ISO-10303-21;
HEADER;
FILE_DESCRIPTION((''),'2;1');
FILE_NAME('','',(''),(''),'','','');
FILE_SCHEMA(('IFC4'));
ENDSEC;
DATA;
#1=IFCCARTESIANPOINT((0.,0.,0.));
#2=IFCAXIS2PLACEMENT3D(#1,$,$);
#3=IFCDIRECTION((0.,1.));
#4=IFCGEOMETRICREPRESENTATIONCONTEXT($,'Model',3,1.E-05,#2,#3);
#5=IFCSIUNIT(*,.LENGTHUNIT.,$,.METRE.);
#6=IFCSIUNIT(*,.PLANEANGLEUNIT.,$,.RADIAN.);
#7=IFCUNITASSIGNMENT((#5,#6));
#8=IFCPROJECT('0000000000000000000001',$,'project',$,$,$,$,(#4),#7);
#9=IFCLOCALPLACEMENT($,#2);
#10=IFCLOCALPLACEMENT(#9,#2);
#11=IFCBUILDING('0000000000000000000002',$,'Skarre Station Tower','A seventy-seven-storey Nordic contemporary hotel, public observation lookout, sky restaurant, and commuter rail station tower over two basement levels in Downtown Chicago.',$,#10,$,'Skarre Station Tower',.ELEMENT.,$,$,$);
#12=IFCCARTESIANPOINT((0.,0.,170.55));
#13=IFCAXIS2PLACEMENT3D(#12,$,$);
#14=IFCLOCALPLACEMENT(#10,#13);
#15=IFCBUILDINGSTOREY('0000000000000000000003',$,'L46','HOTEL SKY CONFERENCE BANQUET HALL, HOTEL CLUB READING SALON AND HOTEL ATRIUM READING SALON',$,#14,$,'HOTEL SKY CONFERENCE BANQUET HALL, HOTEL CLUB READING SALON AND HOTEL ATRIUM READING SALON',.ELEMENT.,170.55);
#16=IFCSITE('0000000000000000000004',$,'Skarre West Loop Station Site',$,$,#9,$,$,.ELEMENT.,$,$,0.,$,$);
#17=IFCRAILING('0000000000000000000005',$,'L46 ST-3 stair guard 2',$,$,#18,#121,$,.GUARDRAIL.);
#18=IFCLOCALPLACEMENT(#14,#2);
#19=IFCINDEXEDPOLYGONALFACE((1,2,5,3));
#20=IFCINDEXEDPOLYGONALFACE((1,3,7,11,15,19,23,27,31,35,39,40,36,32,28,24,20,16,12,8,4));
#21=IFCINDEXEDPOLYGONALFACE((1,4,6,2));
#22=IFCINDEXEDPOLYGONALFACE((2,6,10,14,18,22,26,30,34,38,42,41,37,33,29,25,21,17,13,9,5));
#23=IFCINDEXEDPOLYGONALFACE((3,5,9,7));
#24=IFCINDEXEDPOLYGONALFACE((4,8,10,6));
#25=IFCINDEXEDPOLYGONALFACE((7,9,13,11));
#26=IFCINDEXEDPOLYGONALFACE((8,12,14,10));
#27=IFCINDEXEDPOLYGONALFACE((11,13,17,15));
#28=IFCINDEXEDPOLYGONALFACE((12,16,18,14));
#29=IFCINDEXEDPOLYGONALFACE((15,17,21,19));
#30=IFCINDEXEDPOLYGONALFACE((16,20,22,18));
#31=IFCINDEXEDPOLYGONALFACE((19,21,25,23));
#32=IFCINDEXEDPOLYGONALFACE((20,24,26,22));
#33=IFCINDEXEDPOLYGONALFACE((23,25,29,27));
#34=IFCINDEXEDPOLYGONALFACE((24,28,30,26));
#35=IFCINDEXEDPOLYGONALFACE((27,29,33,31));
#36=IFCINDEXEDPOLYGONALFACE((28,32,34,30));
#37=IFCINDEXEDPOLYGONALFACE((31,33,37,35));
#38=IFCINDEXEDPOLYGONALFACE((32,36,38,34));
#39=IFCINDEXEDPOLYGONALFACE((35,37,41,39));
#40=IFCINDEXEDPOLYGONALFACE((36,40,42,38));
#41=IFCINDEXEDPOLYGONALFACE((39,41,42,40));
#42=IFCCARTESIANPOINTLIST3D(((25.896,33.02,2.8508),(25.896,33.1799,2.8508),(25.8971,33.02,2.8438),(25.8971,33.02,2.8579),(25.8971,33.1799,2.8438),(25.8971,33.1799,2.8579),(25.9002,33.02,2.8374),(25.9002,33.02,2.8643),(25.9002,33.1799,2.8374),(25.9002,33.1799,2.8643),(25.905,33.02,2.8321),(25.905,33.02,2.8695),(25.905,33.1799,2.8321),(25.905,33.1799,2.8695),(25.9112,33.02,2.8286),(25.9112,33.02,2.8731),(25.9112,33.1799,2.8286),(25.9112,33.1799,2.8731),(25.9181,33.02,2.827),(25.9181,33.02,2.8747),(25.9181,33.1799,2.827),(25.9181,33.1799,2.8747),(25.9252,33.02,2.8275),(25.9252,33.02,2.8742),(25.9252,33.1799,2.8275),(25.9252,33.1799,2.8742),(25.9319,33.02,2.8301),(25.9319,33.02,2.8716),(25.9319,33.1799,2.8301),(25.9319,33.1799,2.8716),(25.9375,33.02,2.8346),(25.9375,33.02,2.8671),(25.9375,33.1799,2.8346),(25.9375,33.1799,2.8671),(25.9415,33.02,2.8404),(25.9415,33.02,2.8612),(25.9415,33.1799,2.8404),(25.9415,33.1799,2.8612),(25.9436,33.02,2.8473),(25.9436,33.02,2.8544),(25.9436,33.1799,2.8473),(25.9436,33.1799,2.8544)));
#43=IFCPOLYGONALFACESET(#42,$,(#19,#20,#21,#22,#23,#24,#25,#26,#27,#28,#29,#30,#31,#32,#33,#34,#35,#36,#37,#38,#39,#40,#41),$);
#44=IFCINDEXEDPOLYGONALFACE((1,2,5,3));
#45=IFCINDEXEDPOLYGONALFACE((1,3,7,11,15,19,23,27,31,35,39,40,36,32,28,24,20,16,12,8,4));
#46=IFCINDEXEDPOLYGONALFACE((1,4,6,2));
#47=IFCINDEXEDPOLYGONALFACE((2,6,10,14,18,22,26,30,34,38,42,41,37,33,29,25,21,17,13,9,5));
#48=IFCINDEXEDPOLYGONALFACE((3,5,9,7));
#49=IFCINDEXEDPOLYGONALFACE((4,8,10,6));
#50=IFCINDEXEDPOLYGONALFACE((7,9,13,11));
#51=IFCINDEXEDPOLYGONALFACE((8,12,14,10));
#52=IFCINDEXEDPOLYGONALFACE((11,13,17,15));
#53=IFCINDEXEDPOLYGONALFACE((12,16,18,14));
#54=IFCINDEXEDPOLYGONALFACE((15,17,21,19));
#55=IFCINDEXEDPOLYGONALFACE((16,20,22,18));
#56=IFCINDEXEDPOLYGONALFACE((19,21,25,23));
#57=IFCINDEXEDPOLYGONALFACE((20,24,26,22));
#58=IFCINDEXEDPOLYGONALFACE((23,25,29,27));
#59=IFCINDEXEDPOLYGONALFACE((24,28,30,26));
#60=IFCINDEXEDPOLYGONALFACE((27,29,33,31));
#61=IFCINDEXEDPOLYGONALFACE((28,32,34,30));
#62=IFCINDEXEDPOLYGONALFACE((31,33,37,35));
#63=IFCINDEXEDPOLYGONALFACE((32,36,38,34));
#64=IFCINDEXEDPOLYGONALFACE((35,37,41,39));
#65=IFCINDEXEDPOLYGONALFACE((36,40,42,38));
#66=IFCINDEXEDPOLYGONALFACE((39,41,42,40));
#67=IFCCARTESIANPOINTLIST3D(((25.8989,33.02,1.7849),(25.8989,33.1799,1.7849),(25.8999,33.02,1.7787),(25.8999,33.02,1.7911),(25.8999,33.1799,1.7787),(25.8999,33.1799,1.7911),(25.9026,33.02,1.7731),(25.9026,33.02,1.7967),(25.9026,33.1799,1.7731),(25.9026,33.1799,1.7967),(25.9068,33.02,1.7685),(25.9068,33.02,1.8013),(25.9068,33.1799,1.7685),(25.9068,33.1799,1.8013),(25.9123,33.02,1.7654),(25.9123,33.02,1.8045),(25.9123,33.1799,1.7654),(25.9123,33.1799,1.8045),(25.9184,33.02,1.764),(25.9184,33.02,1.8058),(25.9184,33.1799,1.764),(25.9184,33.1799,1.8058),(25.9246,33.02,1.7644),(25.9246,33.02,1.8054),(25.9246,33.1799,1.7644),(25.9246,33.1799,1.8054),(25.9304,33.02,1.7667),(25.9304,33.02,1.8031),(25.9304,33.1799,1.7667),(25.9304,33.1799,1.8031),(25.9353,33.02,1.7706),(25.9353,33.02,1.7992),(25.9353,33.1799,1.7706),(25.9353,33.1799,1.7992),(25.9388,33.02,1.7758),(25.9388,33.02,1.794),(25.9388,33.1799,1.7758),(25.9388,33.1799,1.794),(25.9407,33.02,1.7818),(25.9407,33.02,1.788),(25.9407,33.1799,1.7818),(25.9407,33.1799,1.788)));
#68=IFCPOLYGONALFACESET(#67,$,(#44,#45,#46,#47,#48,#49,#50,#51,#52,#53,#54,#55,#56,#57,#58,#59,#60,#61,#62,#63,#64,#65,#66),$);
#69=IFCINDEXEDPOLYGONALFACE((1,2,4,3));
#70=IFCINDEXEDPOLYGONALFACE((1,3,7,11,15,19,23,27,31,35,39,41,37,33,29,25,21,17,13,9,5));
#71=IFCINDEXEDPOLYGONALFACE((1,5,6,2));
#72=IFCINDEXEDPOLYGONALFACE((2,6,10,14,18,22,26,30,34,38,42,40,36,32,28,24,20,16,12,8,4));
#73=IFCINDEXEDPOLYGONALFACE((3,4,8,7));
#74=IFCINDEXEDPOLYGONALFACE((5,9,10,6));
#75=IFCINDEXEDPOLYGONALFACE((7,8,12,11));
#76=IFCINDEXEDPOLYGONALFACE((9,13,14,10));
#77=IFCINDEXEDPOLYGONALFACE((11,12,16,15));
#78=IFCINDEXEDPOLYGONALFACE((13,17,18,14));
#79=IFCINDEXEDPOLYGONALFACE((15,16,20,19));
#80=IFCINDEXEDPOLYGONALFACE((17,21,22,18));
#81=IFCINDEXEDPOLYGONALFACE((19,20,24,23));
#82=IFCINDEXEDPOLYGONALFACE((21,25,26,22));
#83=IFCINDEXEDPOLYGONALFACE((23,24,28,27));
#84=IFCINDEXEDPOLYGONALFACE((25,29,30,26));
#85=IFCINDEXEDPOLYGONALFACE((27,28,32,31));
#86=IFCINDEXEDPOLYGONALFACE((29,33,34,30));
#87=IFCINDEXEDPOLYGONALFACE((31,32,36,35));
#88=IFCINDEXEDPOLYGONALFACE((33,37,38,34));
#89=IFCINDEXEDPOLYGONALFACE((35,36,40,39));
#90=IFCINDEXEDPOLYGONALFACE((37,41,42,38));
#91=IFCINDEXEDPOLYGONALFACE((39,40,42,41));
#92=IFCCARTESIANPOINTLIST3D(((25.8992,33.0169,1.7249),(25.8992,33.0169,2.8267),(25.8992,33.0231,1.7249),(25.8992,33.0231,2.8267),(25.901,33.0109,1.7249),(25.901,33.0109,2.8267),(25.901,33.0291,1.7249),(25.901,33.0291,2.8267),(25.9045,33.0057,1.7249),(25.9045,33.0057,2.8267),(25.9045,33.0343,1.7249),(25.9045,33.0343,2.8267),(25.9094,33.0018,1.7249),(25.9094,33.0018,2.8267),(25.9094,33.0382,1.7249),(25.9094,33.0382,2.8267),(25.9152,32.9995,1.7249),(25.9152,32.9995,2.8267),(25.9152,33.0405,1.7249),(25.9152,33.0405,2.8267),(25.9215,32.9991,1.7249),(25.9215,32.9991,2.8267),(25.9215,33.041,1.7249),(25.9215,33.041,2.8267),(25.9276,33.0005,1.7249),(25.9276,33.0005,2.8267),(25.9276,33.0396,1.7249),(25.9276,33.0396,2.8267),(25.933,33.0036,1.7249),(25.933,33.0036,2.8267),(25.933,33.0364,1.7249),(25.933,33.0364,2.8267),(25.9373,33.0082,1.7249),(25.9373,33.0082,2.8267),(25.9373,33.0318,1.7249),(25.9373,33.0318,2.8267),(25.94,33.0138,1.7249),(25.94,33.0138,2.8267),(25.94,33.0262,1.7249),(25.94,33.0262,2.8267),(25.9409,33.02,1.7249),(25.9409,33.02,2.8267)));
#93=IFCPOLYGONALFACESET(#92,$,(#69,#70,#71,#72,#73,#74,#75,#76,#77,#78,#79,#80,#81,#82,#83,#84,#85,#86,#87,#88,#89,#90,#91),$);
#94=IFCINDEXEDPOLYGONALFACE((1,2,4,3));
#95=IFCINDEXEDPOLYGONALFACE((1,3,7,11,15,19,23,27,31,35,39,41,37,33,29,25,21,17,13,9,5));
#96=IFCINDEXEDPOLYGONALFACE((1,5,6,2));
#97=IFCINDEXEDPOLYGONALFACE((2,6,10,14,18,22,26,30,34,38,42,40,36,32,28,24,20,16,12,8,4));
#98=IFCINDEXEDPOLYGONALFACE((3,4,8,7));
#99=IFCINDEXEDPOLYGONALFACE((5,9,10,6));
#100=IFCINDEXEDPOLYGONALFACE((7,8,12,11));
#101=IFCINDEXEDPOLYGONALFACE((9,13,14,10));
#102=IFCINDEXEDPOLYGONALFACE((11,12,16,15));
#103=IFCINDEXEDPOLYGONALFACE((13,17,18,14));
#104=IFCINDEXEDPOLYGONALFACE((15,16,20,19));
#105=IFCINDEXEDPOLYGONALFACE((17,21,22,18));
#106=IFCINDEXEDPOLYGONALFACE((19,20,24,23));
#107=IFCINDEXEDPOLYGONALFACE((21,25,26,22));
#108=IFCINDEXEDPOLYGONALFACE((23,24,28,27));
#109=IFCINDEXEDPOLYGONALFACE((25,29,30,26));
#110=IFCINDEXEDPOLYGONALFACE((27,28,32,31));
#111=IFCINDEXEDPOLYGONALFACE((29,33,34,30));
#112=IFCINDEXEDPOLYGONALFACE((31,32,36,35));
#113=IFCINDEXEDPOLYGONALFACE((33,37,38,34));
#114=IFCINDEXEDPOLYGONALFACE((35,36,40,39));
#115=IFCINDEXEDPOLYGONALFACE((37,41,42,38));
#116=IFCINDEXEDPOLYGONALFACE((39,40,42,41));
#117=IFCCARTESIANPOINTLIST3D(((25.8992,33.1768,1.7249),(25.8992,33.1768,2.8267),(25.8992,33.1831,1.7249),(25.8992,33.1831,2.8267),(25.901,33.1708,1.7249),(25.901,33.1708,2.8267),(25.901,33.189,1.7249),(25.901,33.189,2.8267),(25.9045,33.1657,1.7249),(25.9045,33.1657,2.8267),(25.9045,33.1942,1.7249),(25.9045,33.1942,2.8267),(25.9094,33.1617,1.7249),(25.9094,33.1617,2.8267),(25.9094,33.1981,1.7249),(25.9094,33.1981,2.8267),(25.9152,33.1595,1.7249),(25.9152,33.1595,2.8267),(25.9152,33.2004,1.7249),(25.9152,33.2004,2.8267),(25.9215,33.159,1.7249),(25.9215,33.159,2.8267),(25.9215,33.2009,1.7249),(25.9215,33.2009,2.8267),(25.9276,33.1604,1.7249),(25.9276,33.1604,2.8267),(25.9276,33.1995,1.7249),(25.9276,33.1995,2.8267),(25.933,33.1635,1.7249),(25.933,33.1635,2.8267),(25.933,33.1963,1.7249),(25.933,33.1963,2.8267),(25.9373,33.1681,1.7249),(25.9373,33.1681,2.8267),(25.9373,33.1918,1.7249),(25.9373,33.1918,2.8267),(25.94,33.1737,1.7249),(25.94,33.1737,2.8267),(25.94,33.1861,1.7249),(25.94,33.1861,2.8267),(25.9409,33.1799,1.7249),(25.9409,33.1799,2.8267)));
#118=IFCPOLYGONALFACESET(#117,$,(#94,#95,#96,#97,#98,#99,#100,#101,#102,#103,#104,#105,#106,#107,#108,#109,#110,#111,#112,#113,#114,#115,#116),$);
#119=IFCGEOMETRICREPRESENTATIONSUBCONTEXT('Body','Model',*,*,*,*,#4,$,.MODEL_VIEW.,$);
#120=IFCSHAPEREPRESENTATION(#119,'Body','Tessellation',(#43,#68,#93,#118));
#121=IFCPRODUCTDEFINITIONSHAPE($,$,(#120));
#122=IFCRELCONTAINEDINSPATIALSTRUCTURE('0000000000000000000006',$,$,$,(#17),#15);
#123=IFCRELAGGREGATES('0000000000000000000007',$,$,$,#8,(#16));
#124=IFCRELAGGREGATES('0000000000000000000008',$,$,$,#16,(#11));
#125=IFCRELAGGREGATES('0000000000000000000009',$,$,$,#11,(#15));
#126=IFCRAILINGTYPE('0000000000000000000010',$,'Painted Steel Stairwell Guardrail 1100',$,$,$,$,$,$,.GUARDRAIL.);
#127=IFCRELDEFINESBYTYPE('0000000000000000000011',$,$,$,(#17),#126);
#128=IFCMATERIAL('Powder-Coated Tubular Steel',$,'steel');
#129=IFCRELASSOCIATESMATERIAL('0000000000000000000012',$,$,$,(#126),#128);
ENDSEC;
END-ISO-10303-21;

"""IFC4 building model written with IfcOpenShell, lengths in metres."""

from ifc_helpers import new_model, si_unit, direction, frame, origin, origin_2d, place, context, subcontext, project, spatial, circle, extrude, material, type_object, element, save


model = new_model("IFC4")

# Units and contexts
model_context = context("Model", 3, precision=1e-05, world=origin(), true_north=direction((0.0, 1.0)))
body_context = subcontext(model_context, "Body", "Model", "MODEL_VIEW")
ifc_project = project(units=[si_unit("LENGTHUNIT", "METRE"), si_unit("PLANEANGLEUNIT", "RADIAN")], contexts=[model_context])

# Site, building, storey
site_placement = place(None, origin())
site = spatial("IfcSite", under=ifc_project, at=site_placement, Name="Skarre West Loop Station Site", CompositionType="ELEMENT", RefElevation=0.0)
building_placement = place(site_placement, origin())
building = spatial("IfcBuilding", under=site, at=building_placement, Name="Skarre Station Tower", Description="A seventy-seven-storey Nordic contemporary hotel, public observation lookout, sky restaurant, and commuter rail station tower over two basement levels in Downtown Chicago.", LongName="Skarre Station Tower", CompositionType="ELEMENT")
storey_placement = place(building_placement, frame((0.0, 0.0, 170.55)))
storey = spatial("IfcBuildingStorey", under=building, at=storey_placement, Name="L46", Description="HOTEL SKY CONFERENCE BANQUET HALL, HOTEL CLUB READING SALON AND HOTEL ATRIUM READING SALON", LongName="HOTEL SKY CONFERENCE BANQUET HALL, HOTEL CLUB READING SALON AND HOTEL ATRIUM READING SALON", CompositionType="ELEMENT", Elevation=170.55)

# Railing
ifc_material_1 = material(Name="Powder-Coated Tubular Steel", Category="steel")
railing_type_1 = type_object("IfcRailingType", Name="Painted Steel Stairwell Guardrail 1100", PredefinedType="GUARDRAIL", material=ifc_material_1)
railing_1_placement = place(storey_placement, frame((25.9199, 33.02, 1.7249)))
element("IfcRailing", 1, at=railing_1_placement, inside=storey, type_object=railing_type_1, Name="L46 ST-3 stair guard 2", PredefinedType="GUARDRAIL", context=body_context, shape_type="SweptSolid", body=[
    extrude(circle(Radius=0.0239, at=origin_2d()), frame((0.0, 0.0, 1.126), z_axis=(0.0, 1.0, 0.0), x_axis=(-1.0, 0.0, 0.0)), (0.0, 0.0, 1.0), 0.1599),
    extrude(circle(Radius=0.021, at=origin_2d()), frame((0.0, 0.0, 0.0601), z_axis=(0.0, 1.0, 0.0), x_axis=(-1.0, 0.0, 0.0)), (0.0, 0.0, 1.0), 0.1599),
    extrude(circle(Radius=0.021, at=origin_2d()), origin(), (0.0, 0.0, 1.0), 1.1018),
    extrude(circle(Radius=0.021, at=origin_2d()), frame((0.0, 0.1599, 0.0)), (0.0, 0.0, 1.0), 1.1018),
])

save(model, "model.ifc")
